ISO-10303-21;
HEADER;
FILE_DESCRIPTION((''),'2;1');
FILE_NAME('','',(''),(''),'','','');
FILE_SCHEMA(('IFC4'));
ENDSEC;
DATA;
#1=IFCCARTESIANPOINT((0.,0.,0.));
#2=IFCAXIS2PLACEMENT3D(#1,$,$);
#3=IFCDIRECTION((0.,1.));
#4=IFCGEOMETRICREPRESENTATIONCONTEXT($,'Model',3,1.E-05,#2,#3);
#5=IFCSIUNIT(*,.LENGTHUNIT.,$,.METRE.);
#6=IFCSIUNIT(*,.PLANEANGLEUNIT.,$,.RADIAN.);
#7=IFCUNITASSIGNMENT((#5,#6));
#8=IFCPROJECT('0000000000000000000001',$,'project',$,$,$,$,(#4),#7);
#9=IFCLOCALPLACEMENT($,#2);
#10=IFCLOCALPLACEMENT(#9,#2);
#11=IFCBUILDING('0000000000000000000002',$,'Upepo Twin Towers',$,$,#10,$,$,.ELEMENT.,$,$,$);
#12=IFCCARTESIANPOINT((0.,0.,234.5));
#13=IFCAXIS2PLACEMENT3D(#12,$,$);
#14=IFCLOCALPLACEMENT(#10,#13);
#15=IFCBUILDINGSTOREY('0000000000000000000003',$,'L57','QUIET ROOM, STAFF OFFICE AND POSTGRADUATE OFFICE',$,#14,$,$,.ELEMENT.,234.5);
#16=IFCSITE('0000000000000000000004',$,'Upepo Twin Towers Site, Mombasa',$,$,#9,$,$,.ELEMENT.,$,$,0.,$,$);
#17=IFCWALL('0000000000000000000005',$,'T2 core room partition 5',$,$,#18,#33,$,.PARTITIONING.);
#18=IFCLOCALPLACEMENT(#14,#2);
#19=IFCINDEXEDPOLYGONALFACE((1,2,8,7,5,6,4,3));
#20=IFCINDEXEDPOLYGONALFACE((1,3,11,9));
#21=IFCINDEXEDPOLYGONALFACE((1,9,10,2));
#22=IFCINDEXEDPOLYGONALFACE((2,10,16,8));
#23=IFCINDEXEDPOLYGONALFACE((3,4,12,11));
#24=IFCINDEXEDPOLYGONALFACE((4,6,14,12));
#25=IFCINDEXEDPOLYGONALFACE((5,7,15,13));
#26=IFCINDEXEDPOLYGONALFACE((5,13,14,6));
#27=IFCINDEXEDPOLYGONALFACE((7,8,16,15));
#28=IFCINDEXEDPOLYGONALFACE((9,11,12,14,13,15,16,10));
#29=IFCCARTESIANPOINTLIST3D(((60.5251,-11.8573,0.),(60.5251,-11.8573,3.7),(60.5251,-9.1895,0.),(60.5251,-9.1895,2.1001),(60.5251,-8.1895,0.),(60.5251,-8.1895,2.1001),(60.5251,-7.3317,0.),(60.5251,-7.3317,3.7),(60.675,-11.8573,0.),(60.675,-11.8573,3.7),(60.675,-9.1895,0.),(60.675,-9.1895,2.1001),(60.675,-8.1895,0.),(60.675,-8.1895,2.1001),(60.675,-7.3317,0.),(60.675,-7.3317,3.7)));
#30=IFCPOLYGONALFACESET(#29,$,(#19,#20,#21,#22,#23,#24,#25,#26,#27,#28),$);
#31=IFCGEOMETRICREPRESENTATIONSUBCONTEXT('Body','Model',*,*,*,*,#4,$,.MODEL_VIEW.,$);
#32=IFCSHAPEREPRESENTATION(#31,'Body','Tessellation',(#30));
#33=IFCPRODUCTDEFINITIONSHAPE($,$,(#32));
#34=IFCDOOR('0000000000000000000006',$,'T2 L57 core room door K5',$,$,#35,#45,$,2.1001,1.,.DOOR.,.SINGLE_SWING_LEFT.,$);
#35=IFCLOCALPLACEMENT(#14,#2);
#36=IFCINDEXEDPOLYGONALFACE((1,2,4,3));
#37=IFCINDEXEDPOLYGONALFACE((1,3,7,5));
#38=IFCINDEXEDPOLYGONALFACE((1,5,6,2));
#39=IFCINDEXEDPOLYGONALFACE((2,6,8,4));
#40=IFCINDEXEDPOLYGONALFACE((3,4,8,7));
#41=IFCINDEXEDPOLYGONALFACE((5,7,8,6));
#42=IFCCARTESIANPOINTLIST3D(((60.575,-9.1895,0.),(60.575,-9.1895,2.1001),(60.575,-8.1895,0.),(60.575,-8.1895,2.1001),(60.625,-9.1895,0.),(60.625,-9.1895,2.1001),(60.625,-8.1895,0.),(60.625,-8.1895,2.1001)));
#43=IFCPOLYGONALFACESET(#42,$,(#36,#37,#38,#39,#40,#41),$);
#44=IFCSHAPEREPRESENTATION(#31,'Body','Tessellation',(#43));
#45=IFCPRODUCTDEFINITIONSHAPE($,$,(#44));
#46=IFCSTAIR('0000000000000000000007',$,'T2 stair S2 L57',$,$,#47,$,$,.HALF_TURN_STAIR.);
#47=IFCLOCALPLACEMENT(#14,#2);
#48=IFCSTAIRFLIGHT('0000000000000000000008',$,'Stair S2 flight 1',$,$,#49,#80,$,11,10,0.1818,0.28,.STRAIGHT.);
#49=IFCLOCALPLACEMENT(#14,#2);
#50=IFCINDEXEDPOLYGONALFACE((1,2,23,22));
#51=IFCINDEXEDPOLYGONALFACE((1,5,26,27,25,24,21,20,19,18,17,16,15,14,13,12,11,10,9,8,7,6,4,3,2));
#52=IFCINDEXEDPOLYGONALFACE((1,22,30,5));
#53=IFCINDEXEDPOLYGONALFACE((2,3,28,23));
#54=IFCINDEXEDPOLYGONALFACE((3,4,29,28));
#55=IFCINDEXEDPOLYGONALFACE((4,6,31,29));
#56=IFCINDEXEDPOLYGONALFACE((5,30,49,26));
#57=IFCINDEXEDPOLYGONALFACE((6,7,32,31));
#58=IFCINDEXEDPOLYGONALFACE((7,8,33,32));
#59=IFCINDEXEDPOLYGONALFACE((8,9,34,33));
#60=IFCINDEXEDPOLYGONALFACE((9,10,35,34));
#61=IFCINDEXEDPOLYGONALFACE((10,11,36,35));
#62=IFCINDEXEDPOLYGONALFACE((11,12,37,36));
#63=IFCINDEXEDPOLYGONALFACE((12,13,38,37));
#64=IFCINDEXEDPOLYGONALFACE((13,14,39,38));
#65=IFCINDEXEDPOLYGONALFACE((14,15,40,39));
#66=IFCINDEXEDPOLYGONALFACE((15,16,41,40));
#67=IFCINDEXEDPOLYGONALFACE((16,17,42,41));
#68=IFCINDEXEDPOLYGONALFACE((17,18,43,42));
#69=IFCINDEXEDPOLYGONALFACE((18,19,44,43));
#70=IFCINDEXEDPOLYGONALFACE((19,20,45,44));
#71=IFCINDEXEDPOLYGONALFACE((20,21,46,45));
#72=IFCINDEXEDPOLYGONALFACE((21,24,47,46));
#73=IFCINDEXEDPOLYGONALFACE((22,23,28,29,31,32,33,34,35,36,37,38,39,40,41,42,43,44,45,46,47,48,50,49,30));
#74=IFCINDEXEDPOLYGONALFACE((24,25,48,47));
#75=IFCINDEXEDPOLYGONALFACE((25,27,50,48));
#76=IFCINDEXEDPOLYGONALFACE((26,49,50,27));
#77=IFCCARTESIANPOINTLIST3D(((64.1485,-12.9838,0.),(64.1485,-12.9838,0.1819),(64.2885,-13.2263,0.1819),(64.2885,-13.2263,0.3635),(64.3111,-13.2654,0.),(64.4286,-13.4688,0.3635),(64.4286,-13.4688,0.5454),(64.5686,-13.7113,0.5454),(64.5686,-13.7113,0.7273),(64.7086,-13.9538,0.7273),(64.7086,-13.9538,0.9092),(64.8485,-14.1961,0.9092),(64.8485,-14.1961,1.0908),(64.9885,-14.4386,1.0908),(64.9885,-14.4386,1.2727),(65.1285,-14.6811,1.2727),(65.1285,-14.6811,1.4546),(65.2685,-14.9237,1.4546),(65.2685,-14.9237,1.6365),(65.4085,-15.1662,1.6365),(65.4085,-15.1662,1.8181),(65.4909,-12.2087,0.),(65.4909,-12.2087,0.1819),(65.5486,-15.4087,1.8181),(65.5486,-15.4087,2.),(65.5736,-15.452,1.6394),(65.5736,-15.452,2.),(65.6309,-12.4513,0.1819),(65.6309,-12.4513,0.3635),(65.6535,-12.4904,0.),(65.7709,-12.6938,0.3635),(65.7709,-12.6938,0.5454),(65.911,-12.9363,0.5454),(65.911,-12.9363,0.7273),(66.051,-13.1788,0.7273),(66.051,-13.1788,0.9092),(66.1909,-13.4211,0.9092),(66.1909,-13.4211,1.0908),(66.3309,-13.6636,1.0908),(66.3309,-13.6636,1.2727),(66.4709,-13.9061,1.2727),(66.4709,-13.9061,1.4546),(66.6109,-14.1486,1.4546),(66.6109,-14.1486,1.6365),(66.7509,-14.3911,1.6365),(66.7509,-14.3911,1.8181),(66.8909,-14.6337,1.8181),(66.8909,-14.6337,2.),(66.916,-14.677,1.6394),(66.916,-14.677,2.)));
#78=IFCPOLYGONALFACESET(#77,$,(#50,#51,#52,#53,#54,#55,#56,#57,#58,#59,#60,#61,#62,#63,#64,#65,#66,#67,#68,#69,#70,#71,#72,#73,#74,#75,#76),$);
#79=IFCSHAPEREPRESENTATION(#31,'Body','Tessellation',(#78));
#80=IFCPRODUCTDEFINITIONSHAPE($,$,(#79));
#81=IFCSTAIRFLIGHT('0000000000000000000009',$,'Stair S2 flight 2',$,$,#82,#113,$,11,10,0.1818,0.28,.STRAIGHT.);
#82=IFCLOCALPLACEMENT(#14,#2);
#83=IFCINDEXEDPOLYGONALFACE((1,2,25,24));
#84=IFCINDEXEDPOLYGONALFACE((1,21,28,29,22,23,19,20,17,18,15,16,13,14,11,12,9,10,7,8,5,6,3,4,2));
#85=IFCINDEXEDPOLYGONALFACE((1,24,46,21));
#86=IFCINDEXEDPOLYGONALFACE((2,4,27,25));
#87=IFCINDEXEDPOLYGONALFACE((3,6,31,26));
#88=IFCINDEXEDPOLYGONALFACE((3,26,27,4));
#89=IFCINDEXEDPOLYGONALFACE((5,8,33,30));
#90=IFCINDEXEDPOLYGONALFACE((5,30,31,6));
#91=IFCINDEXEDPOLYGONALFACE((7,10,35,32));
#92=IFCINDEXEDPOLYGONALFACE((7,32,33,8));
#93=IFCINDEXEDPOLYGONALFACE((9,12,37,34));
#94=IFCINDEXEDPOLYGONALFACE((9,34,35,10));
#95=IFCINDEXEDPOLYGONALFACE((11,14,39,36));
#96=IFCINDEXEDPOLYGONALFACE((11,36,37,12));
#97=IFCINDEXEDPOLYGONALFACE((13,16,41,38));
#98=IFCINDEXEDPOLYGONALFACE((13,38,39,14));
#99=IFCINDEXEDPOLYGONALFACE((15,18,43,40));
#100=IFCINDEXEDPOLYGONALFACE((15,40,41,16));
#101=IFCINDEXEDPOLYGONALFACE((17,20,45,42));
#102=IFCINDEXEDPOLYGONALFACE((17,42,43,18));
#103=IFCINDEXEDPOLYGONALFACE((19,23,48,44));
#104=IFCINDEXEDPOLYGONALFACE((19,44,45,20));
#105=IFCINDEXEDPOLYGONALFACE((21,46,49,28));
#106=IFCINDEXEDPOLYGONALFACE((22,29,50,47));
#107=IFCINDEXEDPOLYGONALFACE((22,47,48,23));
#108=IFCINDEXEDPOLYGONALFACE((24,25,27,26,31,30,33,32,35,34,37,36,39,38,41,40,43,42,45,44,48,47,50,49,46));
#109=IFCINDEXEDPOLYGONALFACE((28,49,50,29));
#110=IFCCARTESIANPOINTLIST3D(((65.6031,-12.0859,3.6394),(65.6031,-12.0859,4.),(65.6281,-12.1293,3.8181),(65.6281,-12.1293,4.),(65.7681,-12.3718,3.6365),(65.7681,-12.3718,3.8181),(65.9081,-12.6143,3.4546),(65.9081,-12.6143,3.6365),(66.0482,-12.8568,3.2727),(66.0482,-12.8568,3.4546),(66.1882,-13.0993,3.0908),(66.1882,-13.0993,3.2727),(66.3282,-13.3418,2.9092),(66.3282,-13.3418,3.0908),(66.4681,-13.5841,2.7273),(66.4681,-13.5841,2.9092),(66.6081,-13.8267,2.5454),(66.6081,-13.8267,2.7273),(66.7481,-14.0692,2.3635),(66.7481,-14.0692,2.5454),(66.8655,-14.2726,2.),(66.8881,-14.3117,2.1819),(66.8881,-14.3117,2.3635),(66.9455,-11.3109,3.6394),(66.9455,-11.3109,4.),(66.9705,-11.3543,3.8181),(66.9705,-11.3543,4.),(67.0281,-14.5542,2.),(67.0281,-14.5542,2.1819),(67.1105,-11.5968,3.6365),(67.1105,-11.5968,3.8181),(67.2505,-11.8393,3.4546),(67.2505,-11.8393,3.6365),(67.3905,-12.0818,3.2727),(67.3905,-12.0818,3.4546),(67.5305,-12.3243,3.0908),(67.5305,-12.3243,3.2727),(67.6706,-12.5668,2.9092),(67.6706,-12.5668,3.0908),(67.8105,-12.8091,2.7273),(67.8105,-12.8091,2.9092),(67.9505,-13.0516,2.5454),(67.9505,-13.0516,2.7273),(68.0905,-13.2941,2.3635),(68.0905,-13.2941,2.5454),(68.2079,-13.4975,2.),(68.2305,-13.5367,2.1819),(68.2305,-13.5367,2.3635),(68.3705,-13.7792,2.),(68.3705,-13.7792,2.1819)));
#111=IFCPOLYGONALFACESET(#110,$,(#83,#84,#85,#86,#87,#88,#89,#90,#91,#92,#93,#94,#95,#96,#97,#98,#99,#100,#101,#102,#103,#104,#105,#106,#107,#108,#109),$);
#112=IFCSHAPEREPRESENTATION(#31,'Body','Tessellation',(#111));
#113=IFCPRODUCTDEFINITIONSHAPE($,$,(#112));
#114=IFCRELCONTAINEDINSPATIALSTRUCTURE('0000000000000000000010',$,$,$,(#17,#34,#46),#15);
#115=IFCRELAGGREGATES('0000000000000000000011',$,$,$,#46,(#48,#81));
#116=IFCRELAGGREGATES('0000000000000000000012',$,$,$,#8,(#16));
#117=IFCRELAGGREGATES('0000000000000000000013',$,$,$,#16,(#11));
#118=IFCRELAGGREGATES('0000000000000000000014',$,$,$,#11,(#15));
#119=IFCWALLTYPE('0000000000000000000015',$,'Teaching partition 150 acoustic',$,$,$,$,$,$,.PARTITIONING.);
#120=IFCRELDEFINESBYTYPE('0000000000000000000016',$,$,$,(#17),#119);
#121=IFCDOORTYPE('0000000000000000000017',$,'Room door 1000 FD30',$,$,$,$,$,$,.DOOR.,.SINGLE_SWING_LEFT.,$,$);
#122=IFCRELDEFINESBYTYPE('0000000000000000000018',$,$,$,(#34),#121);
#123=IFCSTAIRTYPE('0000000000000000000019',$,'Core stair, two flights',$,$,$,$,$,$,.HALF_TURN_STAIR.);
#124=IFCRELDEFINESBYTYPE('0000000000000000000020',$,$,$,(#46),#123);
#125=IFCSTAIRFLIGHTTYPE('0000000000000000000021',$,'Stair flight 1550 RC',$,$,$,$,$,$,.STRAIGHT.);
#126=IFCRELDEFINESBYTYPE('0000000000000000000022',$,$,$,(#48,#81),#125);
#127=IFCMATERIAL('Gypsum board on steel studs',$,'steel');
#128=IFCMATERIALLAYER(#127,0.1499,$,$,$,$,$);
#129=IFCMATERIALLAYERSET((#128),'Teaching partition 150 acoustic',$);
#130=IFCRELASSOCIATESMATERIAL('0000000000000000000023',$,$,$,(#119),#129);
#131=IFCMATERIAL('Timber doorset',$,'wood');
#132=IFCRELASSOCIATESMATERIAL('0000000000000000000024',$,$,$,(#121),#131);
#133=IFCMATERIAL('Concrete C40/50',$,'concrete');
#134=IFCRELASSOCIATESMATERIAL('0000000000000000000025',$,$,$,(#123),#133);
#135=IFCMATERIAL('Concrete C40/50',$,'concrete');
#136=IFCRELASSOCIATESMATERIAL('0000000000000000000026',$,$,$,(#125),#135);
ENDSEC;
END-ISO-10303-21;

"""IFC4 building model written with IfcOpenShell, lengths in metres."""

from ifc_helpers import new_model, si_unit, direction, frame, frame_2d, origin, place, context, subcontext, project, spatial, polyline, rectangle, outline, extrude, material, layer, layer_set, type_object, element, fill, aggregate, save


model = new_model("IFC4")

# Units and contexts
model_context = context("Model", 3, precision=1e-05, world=origin(), true_north=direction((0.0, 1.0)))
body_context = subcontext(model_context, "Body", "Model", "MODEL_VIEW")
ifc_project = project(units=[si_unit("LENGTHUNIT", "METRE"), si_unit("PLANEANGLEUNIT", "RADIAN")], contexts=[model_context])

# Site, building, storey
site_placement = place(None, origin())
site = spatial("IfcSite", under=ifc_project, at=site_placement, Name="Upepo Twin Towers Site, Mombasa", CompositionType="ELEMENT", RefElevation=0.0)
building_placement = place(site_placement, origin())
building = spatial("IfcBuilding", under=site, at=building_placement, Name="Upepo Twin Towers", CompositionType="ELEMENT")
storey_placement = place(building_placement, frame((0.0, 0.0, 234.5)))
storey = spatial("IfcBuildingStorey", under=building, at=storey_placement, Name="L57", Description="QUIET ROOM, STAFF OFFICE AND POSTGRADUATE OFFICE", CompositionType="ELEMENT", Elevation=234.5)

# Wall, opening, door
ifc_material_1 = material(Name="Gypsum board on steel studs", Category="steel")
ifc_layer_1 = layer(ifc_material_1, 0.1499)
ifc_layer_set_1 = layer_set([ifc_layer_1], Name="Teaching partition 150 acoustic")
wall_type_1 = type_object("IfcWallType", Name="Teaching partition 150 acoustic", PredefinedType="PARTITIONING", material=ifc_layer_set_1)
wall_1_placement = place(storey_placement, frame((60.6001, -7.3318, 0.0), z_axis=(0.0, 0.0, 1.0), x_axis=(0.0, -1.0, 0.0)))
wall_1 = element("IfcWall", 1, at=wall_1_placement, inside=storey, type_object=wall_type_1, Name="T2 core room partition 5", PredefinedType="PARTITIONING", context=body_context, shape_type="SweptSolid", body=[
    extrude(rectangle(XDim=4.5256, YDim=0.1499, at=frame_2d((2.2627, 0.0))), origin(), (0.0, 0.0, 1.0), 3.7),
])
opening_1_placement = place(wall_1_placement, frame((0.8577, 0.0, 0.0)))
opening_1 = element("IfcOpeningElement", 2, at=opening_1_placement, cuts=wall_1, PredefinedType="OPENING", context=body_context, shape_type="SweptSolid", body=[
    extrude(rectangle(XDim=1.0, YDim=2.1001, at=frame_2d((0.5, 1.05))), frame((0.0, 0.085, 0.0), z_axis=(0.0, -1.0, 0.0), x_axis=(1.0, 0.0, 0.0)), (0.0, 0.0, 1.0), 0.1699),
])
ifc_material_2 = material(Name="Timber doorset", Category="wood")
door_type_1 = type_object("IfcDoorType", Name="Room door 1000 FD30", OperationType="SINGLE_SWING_LEFT", PredefinedType="DOOR", material=ifc_material_2)
door_1_placement = place(opening_1_placement, origin())
door_1 = element("IfcDoor", 3, at=door_1_placement, inside=storey, type_object=door_type_1, Name="T2 L57 core room door K5", OperationType="SINGLE_SWING_LEFT", OverallHeight=2.1001, OverallWidth=1.0, PredefinedType="DOOR", context=body_context, shape_type="SweptSolid", body=[
    extrude(rectangle(XDim=1.0, YDim=2.1001, at=frame_2d((0.5, 1.05))), frame((0.0, 0.0249, 0.0), z_axis=(0.0, -1.0, 0.0), x_axis=(1.0, 0.0, 0.0)), (0.0, 0.0, 1.0), 0.05),
])
fill(opening_1, door_1)

# Stair, stair flights
ifc_material_3 = material(Name="Concrete C40/50", Category="concrete")
stair_type = type_object("IfcStairType", Name="Core stair, two flights", PredefinedType="HALF_TURN_STAIR", material=ifc_material_3)
stair_placement = place(storey_placement, origin())
stair = element("IfcStair", 4, at=stair_placement, inside=storey, type_object=stair_type, Name="T2 stair S2 L57", PredefinedType="HALF_TURN_STAIR")
ifc_material_4 = material(Name="Concrete C40/50", Category="concrete")
stair_flight_type = type_object("IfcStairFlightType", Name="Stair flight 1550 RC", PredefinedType="STRAIGHT", material=ifc_material_4)
stair_flight_1_placement = place(storey_placement, frame((64.8198, -12.5962, 0.0), z_axis=(0.0, 0.0, 1.0), x_axis=(0.5, -0.866025, 0.0)))
stair_flight_1 = element("IfcStairFlight", 5, at=stair_flight_1_placement, type_object=stair_flight_type, Name="Stair S2 flight 1", NumberOfRisers=11, NumberOfTreads=10, PredefinedType="STRAIGHT", RiserHeight=0.1818, TreadLength=0.28, context=body_context, shape_type="SweptSolid", body=[
    extrude(outline(polyline([(0.0, 0.0), (0.0, 0.1819), (0.28, 0.1819), (0.28, 0.3635), (0.5601, 0.3635), (0.5601, 0.5454), (0.8401, 0.5454), (0.8401, 0.7273), (1.1201, 0.7273), (1.1201, 0.9092), (1.3999, 0.9092), (1.3999, 1.0908), (1.6799, 1.0908), (1.6799, 1.2727), (1.96, 1.2727), (1.96, 1.4546), (2.24, 1.4546), (2.24, 1.6365), (2.52, 1.6365), (2.52, 1.8181), (2.8, 1.8181), (2.8, 2.0), (2.8501, 2.0), (2.8501, 1.6394), (0.3252, 0.0), (0.0, 0.0)])), frame((0.0, 0.7749, 0.0), z_axis=(0.0, -1.0, 0.0), x_axis=(1.0, 0.0, 0.0)), (0.0, 0.0, 1.0), 1.55),
])
stair_flight_2_placement = place(storey_placement, frame((67.6992, -14.1667, 2.0), z_axis=(0.0, 0.0, 1.0), x_axis=(-0.5, 0.866025, 0.0)))
stair_flight_2 = element("IfcStairFlight", 6, at=stair_flight_2_placement, type_object=stair_flight_type, Name="Stair S2 flight 2", NumberOfRisers=11, NumberOfTreads=10, PredefinedType="STRAIGHT", RiserHeight=0.1818, TreadLength=0.28, context=body_context, shape_type="SweptSolid", body=[
    extrude(outline(polyline([(0.0, 0.0), (0.0, 0.1819), (0.28, 0.1819), (0.28, 0.3635), (0.5601, 0.3635), (0.5601, 0.5454), (0.8401, 0.5454), (0.8401, 0.7273), (1.1201, 0.7273), (1.1201, 0.9092), (1.3999, 0.9092), (1.3999, 1.0908), (1.6799, 1.0908), (1.6799, 1.2727), (1.96, 1.2727), (1.96, 1.4546), (2.24, 1.4546), (2.24, 1.6365), (2.52, 1.6365), (2.52, 1.8181), (2.8, 1.8181), (2.8, 2.0), (2.8501, 2.0), (2.8501, 1.6394), (0.3252, 0.0), (0.0, 0.0)])), frame((0.0, 0.7749, 0.0), z_axis=(0.0, -1.0, 0.0), x_axis=(1.0, 0.0, 0.0)), (0.0, 0.0, 1.0), 1.55),
])
aggregate(stair, [stair_flight_1, stair_flight_2])

save(model, "model.ifc")
